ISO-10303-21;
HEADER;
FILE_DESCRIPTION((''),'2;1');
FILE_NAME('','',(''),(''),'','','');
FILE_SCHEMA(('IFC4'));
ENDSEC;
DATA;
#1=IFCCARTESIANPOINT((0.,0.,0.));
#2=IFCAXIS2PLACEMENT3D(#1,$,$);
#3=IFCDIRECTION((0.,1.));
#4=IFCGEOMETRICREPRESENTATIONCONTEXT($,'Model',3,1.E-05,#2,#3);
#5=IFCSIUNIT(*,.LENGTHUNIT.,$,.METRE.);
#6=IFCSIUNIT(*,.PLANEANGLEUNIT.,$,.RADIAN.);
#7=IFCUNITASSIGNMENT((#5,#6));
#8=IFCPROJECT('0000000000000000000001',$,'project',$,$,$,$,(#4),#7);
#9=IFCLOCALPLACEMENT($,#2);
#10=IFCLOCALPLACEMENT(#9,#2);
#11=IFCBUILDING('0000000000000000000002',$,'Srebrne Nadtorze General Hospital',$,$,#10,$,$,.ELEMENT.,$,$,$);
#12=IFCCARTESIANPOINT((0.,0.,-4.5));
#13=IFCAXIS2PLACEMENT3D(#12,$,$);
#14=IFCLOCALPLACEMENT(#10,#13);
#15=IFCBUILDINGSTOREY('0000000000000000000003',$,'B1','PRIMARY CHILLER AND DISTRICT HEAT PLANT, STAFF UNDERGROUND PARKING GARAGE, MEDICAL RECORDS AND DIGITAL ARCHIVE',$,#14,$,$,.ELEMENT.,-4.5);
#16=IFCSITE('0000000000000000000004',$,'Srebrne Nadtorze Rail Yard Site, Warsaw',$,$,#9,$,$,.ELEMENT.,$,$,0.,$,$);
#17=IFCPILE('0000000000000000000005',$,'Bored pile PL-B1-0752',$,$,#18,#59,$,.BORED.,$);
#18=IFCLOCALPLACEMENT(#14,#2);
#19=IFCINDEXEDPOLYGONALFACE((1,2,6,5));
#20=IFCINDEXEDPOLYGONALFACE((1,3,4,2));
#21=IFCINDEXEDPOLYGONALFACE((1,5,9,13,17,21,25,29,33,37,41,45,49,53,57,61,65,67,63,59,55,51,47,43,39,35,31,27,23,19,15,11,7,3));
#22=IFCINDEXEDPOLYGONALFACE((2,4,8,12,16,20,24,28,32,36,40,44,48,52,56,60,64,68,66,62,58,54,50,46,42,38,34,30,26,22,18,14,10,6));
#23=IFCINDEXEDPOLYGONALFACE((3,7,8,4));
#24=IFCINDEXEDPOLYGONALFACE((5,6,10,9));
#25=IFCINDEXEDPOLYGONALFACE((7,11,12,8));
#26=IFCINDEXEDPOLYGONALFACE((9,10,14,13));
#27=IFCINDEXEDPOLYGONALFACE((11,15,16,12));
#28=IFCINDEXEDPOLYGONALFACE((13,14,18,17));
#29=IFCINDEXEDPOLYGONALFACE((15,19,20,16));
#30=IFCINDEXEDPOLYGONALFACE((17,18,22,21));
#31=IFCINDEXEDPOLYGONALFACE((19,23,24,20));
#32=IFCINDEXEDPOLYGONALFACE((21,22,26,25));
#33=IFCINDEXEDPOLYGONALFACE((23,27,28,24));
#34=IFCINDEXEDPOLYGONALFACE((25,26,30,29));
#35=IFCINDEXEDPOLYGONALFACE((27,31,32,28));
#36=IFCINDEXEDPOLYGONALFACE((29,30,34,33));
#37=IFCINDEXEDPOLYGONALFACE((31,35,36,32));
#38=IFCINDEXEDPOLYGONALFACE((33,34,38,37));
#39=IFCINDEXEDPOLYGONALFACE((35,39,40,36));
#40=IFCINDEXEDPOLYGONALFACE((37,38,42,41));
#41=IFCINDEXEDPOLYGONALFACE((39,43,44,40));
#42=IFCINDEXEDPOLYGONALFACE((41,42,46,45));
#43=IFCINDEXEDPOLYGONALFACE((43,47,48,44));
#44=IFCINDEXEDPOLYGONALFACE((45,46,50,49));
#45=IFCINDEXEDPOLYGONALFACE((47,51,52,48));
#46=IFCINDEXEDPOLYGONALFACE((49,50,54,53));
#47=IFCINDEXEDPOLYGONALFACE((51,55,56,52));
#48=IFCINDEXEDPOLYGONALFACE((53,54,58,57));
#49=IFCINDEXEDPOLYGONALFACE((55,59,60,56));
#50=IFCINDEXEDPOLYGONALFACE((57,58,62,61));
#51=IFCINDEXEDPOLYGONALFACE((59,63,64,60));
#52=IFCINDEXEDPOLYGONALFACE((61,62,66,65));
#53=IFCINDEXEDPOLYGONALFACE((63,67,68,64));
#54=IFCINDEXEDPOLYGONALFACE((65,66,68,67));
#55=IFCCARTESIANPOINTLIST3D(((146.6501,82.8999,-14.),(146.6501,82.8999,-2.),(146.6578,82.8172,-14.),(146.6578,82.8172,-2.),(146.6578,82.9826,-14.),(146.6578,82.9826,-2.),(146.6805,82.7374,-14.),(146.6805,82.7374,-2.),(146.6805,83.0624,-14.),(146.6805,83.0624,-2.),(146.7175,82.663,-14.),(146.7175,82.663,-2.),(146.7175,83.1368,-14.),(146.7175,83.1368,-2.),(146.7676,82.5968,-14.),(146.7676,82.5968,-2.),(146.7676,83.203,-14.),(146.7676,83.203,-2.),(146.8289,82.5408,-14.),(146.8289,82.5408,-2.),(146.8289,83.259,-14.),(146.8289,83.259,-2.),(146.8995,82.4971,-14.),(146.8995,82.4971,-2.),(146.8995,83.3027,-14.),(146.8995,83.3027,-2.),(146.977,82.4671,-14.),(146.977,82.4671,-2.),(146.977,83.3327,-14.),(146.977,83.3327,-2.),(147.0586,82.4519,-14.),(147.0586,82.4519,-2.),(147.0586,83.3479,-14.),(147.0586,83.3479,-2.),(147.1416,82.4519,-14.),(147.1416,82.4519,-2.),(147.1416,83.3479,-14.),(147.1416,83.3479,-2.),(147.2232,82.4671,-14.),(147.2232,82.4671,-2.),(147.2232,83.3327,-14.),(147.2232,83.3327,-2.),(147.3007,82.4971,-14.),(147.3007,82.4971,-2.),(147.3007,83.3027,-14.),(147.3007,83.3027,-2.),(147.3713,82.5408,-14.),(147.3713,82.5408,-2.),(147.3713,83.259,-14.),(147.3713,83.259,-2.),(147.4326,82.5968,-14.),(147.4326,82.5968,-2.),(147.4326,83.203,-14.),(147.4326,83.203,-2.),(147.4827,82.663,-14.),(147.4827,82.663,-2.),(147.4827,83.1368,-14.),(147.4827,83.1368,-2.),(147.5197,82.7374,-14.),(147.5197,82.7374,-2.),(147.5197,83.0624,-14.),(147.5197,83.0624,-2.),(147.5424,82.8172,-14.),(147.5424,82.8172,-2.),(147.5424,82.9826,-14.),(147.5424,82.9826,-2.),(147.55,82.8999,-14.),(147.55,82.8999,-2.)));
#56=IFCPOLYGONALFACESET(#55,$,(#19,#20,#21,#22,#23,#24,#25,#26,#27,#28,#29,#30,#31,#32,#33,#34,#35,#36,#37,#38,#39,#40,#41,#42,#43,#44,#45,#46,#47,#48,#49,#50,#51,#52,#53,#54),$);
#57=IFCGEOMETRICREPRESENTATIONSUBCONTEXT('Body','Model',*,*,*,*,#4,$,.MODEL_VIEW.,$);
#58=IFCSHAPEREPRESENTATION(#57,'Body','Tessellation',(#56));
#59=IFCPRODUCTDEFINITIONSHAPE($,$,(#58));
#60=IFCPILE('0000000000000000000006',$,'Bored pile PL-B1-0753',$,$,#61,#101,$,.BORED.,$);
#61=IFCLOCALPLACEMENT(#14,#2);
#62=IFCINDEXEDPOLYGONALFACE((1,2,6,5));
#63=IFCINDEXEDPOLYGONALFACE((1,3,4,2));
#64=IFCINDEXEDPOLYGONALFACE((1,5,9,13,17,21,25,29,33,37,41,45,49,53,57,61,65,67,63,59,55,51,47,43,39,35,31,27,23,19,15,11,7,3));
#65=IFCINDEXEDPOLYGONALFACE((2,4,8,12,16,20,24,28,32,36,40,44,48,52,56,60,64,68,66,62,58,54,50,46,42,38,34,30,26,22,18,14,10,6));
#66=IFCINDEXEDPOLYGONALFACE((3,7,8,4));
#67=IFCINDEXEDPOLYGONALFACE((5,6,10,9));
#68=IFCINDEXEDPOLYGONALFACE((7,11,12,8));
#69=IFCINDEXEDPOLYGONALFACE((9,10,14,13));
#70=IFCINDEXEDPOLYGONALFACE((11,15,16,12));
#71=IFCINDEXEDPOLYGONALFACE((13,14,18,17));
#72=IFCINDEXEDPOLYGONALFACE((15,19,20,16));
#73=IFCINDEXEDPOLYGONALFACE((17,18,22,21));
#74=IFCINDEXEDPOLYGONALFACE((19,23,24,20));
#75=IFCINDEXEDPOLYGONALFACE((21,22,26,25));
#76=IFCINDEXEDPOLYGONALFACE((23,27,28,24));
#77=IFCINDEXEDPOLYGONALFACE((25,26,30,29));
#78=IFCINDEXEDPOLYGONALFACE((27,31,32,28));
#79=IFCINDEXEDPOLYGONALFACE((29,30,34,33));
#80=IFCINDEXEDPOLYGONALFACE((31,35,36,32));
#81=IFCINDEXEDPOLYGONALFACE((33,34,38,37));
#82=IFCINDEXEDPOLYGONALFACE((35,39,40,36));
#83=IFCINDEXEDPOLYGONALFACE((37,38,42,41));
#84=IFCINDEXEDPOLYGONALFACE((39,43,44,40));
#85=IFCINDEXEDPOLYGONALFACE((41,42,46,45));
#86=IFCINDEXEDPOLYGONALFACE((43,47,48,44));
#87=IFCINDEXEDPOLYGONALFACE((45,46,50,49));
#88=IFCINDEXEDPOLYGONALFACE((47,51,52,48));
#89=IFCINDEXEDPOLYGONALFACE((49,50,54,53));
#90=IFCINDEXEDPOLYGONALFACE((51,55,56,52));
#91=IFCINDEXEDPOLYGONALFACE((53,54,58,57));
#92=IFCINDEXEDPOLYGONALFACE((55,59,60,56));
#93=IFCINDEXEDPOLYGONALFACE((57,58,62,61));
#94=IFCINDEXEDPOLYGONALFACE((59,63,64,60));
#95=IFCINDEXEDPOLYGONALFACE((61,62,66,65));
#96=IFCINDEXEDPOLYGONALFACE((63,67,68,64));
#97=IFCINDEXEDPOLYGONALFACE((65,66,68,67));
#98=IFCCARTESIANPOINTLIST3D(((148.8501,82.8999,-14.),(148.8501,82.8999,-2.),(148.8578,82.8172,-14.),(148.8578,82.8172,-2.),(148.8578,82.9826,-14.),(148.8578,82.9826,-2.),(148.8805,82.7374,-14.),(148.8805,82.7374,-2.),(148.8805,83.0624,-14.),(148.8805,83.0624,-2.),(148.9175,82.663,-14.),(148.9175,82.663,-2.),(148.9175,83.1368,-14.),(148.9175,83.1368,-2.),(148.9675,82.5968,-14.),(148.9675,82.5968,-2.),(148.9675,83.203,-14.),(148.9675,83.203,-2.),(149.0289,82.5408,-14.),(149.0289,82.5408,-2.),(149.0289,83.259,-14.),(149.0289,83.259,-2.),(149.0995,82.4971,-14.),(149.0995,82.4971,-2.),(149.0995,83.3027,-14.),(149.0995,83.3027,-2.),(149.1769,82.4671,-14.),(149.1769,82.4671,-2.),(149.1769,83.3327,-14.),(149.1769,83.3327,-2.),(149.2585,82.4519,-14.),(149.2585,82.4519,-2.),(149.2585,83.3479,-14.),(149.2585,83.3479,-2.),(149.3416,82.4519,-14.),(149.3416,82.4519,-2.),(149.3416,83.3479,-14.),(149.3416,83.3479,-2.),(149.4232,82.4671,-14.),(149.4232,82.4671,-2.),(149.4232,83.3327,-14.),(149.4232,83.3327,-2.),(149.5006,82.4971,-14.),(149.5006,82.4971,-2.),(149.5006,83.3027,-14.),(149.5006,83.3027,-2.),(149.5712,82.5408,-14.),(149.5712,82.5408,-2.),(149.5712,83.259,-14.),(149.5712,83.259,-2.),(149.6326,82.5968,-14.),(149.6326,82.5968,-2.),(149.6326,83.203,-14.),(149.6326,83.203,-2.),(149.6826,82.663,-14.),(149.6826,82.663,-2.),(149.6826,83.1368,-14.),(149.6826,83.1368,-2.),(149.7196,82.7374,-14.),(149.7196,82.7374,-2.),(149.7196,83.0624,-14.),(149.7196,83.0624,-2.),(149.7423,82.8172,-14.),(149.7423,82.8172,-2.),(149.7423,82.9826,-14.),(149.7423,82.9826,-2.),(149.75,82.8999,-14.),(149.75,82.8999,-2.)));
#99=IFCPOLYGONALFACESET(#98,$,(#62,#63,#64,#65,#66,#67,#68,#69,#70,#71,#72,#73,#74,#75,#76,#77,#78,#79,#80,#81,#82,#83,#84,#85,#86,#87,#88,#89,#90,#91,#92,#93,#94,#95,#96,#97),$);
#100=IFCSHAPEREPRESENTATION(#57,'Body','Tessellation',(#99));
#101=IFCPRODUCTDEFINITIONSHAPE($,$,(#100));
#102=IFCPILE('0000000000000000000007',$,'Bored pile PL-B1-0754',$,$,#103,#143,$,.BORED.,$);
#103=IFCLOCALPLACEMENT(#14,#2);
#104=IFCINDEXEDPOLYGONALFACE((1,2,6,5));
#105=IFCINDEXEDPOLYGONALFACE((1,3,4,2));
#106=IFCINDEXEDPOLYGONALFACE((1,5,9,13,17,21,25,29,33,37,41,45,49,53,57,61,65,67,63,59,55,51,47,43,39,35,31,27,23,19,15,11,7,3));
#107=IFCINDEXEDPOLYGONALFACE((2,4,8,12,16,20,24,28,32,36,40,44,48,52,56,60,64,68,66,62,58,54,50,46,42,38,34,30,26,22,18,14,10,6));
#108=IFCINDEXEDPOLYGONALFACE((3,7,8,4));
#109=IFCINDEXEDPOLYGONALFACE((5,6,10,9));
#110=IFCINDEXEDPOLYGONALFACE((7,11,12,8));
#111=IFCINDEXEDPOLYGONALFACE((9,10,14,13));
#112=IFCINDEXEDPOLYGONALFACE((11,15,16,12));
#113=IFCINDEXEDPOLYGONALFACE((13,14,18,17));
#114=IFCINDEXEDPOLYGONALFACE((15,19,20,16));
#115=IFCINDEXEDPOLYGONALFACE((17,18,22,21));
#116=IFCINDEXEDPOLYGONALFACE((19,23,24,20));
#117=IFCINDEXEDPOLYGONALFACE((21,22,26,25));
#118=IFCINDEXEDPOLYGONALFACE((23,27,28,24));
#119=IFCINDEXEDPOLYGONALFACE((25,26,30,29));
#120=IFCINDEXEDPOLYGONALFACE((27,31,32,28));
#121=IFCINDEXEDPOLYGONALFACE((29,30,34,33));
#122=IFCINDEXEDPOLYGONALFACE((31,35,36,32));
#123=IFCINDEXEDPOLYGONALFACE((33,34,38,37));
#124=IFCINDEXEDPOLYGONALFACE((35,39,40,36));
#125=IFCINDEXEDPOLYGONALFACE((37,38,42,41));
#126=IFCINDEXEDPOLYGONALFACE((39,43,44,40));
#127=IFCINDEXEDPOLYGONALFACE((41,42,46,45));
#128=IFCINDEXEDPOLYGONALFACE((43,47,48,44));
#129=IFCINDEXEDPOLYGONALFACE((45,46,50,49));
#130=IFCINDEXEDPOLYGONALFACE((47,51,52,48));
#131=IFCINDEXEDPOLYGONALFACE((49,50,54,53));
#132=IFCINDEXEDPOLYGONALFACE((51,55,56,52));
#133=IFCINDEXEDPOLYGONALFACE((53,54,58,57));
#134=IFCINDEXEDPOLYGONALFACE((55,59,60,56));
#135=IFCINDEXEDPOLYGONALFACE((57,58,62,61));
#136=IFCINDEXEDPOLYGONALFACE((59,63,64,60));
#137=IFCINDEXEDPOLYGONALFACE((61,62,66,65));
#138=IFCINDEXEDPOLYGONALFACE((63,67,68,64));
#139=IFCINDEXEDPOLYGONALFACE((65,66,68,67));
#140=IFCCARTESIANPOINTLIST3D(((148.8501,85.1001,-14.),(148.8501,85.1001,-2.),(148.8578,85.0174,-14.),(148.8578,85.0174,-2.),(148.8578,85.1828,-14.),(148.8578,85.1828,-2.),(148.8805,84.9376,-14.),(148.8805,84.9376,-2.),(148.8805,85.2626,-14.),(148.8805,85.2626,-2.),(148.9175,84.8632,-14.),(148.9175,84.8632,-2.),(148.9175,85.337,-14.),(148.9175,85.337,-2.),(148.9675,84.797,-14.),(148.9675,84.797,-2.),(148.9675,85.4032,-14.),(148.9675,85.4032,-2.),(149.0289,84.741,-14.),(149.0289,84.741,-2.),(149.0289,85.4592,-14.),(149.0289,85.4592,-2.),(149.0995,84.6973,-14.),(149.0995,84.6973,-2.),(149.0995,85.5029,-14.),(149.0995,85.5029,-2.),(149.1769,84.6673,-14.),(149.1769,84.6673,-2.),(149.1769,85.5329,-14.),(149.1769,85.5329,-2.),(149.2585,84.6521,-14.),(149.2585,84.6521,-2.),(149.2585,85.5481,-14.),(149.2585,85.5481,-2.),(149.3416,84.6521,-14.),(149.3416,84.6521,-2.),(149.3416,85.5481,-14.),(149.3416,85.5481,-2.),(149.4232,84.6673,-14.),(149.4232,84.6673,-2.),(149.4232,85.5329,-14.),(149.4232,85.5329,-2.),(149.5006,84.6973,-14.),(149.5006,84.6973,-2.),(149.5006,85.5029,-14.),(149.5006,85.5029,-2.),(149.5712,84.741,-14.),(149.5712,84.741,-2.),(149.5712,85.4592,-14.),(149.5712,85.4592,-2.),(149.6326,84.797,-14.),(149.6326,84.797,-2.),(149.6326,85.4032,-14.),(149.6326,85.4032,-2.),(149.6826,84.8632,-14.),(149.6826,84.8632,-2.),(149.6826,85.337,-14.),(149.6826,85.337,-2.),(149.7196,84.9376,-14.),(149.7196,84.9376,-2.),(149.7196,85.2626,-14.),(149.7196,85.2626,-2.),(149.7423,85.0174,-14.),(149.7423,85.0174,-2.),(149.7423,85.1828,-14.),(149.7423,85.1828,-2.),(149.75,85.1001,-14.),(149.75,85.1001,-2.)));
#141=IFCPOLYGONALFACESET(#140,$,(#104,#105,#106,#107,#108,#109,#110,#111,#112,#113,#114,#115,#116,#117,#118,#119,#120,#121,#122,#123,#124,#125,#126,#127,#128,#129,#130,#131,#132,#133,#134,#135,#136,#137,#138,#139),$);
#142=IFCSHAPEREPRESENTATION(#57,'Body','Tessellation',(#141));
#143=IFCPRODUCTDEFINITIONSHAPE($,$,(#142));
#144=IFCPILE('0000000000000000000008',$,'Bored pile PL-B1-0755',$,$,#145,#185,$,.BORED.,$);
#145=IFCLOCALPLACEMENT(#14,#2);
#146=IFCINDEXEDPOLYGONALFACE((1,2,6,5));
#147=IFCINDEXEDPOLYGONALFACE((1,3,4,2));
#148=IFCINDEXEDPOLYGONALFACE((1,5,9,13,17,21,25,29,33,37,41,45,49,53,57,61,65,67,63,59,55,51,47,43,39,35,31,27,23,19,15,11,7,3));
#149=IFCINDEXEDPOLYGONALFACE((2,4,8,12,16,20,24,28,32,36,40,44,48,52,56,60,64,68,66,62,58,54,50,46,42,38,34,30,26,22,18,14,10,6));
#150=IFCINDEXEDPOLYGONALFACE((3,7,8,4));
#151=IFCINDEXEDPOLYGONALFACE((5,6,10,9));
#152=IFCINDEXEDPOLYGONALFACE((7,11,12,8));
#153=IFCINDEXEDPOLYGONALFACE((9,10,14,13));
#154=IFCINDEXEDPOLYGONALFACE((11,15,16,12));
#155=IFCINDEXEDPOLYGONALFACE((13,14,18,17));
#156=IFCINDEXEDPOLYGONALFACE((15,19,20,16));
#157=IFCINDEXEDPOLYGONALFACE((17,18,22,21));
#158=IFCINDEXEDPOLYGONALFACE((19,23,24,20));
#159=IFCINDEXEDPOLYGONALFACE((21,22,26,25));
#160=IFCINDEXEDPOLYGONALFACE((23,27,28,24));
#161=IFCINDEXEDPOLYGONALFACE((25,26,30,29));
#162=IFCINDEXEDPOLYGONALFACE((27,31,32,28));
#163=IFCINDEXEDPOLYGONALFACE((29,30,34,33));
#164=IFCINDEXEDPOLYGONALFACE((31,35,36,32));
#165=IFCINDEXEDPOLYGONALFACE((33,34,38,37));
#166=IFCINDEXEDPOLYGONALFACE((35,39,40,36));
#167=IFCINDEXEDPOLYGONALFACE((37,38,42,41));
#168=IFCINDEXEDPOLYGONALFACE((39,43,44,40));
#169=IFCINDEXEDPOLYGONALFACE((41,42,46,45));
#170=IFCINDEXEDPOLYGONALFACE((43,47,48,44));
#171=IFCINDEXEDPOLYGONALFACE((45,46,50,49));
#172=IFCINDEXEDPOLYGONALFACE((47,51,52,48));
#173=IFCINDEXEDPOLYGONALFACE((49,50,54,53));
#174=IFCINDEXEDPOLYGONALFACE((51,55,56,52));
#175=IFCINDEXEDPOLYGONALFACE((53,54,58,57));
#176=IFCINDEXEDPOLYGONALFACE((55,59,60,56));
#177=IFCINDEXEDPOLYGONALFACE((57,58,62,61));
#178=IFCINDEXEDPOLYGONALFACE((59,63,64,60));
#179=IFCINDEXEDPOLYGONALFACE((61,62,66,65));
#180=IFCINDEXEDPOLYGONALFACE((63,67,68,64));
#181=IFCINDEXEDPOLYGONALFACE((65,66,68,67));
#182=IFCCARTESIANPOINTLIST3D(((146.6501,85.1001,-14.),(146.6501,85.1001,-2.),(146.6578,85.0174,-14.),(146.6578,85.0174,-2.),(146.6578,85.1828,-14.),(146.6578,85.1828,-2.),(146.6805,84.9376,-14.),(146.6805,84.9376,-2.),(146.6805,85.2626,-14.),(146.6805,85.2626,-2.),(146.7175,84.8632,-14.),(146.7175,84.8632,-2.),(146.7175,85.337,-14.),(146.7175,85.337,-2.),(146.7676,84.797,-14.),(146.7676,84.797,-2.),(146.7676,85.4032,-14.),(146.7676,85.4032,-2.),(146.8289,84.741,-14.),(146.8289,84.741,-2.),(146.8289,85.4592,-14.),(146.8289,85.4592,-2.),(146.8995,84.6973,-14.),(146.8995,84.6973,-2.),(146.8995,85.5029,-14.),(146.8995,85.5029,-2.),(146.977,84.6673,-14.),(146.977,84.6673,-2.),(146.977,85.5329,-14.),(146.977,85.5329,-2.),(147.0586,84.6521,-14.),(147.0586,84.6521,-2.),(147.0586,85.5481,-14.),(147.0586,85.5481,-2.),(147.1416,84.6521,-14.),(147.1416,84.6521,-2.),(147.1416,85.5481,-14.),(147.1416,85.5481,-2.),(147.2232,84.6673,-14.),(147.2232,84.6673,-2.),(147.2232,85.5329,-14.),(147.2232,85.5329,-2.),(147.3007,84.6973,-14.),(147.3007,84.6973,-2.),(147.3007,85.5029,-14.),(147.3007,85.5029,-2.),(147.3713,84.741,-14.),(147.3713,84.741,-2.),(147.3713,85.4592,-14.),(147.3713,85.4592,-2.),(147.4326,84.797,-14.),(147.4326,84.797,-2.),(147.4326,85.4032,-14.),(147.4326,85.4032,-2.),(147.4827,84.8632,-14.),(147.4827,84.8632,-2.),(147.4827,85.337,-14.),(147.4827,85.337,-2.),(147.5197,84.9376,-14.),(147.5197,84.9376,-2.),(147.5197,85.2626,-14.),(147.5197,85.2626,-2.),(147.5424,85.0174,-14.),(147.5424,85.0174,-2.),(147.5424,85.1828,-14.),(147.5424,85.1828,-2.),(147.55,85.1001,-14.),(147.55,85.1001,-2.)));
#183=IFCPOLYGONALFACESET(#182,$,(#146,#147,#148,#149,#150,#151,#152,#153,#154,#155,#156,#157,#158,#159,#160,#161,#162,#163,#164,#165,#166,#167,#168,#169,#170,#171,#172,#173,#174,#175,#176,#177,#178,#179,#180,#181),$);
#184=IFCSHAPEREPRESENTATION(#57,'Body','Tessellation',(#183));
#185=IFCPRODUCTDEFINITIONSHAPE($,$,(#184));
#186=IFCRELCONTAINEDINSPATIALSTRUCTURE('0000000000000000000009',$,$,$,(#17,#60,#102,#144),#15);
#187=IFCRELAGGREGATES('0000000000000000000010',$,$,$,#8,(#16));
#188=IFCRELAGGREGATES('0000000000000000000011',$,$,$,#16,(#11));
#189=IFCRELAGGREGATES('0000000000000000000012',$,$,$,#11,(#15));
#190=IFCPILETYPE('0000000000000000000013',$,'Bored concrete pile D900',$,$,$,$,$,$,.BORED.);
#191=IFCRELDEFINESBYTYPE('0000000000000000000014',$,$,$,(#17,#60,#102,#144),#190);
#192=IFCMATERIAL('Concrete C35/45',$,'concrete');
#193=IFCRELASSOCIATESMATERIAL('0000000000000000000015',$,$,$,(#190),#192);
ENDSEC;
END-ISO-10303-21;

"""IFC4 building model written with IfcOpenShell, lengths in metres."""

from ifc_helpers import new_model, si_unit, direction, frame, origin, origin_2d, place, context, subcontext, project, spatial, circle, extrude, material, material_profile, profile_set, type_object, element, save


model = new_model("IFC4")

# Units and contexts
model_context = context("Model", 3, precision=1e-05, world=origin(), true_north=direction((0.0, 1.0)))
body_context = subcontext(model_context, "Body", "Model", "MODEL_VIEW")
ifc_project = project(units=[si_unit("LENGTHUNIT", "METRE"), si_unit("PLANEANGLEUNIT", "RADIAN")], contexts=[model_context])

# Site, building, storey
site_placement = place(None, origin())
site = spatial("IfcSite", under=ifc_project, at=site_placement, Name="Srebrne Nadtorze Rail Yard Site, Warsaw", CompositionType="ELEMENT", RefElevation=0.0)
building_placement = place(site_placement, origin())
building = spatial("IfcBuilding", under=site, at=building_placement, Name="Srebrne Nadtorze General Hospital", CompositionType="ELEMENT")
storey_placement = place(building_placement, frame((0.0, 0.0, -4.5)))
storey = spatial("IfcBuildingStorey", under=building, at=storey_placement, Name="B1", Description="PRIMARY CHILLER AND DISTRICT HEAT PLANT, STAFF UNDERGROUND PARKING GARAGE, MEDICAL RECORDS AND DIGITAL ARCHIVE", CompositionType="ELEMENT", Elevation=-4.5)

# Piles
ifc_material_1 = material(Name="Concrete C35/45", Category="concrete")
ifc_material_profile_1 = material_profile(ifc_material_1, circle(Radius=0.45, at=origin_2d()), Name="PILE-D900")
ifc_profile_set_1 = profile_set([ifc_material_profile_1], Name="Concrete C35/45")
pile_type_1 = type_object("IfcPileType", Name="Bored concrete pile D900", PredefinedType="BORED", material=ifc_profile_set_1)
for number, where, z_axis, x_axis, name in (
    (1, (147.1001, 82.8999, -2.0), (0.0, 0.0, -1.0), (1.0, 0.0, 0.0), "Bored pile PL-B1-0752"),
    (2, (149.3, 82.8999, -2.0), (0.0, 0.0, -1.0), (1.0, 0.0, 0.0), "Bored pile PL-B1-0753"),
    (3, (149.3, 85.1001, -2.0), (0.0, 0.0, -1.0), (1.0, 0.0, 0.0), "Bored pile PL-B1-0754"),
    (4, (147.1001, 85.1001, -2.0), (0.0, 0.0, -1.0), (1.0, 0.0, 0.0), "Bored pile PL-B1-0755"),
):
    element("IfcPile", number, at=place(storey_placement, frame(where, z_axis=z_axis, x_axis=x_axis)), inside=storey, type_object=pile_type_1, Name=name, PredefinedType="BORED", context=body_context, shape_type="SweptSolid", body=[
        extrude(circle(Radius=0.45, at=origin_2d()), origin(), (0.0, 0.0, 1.0), 12.0),
    ])

save(model, "model.ifc")
